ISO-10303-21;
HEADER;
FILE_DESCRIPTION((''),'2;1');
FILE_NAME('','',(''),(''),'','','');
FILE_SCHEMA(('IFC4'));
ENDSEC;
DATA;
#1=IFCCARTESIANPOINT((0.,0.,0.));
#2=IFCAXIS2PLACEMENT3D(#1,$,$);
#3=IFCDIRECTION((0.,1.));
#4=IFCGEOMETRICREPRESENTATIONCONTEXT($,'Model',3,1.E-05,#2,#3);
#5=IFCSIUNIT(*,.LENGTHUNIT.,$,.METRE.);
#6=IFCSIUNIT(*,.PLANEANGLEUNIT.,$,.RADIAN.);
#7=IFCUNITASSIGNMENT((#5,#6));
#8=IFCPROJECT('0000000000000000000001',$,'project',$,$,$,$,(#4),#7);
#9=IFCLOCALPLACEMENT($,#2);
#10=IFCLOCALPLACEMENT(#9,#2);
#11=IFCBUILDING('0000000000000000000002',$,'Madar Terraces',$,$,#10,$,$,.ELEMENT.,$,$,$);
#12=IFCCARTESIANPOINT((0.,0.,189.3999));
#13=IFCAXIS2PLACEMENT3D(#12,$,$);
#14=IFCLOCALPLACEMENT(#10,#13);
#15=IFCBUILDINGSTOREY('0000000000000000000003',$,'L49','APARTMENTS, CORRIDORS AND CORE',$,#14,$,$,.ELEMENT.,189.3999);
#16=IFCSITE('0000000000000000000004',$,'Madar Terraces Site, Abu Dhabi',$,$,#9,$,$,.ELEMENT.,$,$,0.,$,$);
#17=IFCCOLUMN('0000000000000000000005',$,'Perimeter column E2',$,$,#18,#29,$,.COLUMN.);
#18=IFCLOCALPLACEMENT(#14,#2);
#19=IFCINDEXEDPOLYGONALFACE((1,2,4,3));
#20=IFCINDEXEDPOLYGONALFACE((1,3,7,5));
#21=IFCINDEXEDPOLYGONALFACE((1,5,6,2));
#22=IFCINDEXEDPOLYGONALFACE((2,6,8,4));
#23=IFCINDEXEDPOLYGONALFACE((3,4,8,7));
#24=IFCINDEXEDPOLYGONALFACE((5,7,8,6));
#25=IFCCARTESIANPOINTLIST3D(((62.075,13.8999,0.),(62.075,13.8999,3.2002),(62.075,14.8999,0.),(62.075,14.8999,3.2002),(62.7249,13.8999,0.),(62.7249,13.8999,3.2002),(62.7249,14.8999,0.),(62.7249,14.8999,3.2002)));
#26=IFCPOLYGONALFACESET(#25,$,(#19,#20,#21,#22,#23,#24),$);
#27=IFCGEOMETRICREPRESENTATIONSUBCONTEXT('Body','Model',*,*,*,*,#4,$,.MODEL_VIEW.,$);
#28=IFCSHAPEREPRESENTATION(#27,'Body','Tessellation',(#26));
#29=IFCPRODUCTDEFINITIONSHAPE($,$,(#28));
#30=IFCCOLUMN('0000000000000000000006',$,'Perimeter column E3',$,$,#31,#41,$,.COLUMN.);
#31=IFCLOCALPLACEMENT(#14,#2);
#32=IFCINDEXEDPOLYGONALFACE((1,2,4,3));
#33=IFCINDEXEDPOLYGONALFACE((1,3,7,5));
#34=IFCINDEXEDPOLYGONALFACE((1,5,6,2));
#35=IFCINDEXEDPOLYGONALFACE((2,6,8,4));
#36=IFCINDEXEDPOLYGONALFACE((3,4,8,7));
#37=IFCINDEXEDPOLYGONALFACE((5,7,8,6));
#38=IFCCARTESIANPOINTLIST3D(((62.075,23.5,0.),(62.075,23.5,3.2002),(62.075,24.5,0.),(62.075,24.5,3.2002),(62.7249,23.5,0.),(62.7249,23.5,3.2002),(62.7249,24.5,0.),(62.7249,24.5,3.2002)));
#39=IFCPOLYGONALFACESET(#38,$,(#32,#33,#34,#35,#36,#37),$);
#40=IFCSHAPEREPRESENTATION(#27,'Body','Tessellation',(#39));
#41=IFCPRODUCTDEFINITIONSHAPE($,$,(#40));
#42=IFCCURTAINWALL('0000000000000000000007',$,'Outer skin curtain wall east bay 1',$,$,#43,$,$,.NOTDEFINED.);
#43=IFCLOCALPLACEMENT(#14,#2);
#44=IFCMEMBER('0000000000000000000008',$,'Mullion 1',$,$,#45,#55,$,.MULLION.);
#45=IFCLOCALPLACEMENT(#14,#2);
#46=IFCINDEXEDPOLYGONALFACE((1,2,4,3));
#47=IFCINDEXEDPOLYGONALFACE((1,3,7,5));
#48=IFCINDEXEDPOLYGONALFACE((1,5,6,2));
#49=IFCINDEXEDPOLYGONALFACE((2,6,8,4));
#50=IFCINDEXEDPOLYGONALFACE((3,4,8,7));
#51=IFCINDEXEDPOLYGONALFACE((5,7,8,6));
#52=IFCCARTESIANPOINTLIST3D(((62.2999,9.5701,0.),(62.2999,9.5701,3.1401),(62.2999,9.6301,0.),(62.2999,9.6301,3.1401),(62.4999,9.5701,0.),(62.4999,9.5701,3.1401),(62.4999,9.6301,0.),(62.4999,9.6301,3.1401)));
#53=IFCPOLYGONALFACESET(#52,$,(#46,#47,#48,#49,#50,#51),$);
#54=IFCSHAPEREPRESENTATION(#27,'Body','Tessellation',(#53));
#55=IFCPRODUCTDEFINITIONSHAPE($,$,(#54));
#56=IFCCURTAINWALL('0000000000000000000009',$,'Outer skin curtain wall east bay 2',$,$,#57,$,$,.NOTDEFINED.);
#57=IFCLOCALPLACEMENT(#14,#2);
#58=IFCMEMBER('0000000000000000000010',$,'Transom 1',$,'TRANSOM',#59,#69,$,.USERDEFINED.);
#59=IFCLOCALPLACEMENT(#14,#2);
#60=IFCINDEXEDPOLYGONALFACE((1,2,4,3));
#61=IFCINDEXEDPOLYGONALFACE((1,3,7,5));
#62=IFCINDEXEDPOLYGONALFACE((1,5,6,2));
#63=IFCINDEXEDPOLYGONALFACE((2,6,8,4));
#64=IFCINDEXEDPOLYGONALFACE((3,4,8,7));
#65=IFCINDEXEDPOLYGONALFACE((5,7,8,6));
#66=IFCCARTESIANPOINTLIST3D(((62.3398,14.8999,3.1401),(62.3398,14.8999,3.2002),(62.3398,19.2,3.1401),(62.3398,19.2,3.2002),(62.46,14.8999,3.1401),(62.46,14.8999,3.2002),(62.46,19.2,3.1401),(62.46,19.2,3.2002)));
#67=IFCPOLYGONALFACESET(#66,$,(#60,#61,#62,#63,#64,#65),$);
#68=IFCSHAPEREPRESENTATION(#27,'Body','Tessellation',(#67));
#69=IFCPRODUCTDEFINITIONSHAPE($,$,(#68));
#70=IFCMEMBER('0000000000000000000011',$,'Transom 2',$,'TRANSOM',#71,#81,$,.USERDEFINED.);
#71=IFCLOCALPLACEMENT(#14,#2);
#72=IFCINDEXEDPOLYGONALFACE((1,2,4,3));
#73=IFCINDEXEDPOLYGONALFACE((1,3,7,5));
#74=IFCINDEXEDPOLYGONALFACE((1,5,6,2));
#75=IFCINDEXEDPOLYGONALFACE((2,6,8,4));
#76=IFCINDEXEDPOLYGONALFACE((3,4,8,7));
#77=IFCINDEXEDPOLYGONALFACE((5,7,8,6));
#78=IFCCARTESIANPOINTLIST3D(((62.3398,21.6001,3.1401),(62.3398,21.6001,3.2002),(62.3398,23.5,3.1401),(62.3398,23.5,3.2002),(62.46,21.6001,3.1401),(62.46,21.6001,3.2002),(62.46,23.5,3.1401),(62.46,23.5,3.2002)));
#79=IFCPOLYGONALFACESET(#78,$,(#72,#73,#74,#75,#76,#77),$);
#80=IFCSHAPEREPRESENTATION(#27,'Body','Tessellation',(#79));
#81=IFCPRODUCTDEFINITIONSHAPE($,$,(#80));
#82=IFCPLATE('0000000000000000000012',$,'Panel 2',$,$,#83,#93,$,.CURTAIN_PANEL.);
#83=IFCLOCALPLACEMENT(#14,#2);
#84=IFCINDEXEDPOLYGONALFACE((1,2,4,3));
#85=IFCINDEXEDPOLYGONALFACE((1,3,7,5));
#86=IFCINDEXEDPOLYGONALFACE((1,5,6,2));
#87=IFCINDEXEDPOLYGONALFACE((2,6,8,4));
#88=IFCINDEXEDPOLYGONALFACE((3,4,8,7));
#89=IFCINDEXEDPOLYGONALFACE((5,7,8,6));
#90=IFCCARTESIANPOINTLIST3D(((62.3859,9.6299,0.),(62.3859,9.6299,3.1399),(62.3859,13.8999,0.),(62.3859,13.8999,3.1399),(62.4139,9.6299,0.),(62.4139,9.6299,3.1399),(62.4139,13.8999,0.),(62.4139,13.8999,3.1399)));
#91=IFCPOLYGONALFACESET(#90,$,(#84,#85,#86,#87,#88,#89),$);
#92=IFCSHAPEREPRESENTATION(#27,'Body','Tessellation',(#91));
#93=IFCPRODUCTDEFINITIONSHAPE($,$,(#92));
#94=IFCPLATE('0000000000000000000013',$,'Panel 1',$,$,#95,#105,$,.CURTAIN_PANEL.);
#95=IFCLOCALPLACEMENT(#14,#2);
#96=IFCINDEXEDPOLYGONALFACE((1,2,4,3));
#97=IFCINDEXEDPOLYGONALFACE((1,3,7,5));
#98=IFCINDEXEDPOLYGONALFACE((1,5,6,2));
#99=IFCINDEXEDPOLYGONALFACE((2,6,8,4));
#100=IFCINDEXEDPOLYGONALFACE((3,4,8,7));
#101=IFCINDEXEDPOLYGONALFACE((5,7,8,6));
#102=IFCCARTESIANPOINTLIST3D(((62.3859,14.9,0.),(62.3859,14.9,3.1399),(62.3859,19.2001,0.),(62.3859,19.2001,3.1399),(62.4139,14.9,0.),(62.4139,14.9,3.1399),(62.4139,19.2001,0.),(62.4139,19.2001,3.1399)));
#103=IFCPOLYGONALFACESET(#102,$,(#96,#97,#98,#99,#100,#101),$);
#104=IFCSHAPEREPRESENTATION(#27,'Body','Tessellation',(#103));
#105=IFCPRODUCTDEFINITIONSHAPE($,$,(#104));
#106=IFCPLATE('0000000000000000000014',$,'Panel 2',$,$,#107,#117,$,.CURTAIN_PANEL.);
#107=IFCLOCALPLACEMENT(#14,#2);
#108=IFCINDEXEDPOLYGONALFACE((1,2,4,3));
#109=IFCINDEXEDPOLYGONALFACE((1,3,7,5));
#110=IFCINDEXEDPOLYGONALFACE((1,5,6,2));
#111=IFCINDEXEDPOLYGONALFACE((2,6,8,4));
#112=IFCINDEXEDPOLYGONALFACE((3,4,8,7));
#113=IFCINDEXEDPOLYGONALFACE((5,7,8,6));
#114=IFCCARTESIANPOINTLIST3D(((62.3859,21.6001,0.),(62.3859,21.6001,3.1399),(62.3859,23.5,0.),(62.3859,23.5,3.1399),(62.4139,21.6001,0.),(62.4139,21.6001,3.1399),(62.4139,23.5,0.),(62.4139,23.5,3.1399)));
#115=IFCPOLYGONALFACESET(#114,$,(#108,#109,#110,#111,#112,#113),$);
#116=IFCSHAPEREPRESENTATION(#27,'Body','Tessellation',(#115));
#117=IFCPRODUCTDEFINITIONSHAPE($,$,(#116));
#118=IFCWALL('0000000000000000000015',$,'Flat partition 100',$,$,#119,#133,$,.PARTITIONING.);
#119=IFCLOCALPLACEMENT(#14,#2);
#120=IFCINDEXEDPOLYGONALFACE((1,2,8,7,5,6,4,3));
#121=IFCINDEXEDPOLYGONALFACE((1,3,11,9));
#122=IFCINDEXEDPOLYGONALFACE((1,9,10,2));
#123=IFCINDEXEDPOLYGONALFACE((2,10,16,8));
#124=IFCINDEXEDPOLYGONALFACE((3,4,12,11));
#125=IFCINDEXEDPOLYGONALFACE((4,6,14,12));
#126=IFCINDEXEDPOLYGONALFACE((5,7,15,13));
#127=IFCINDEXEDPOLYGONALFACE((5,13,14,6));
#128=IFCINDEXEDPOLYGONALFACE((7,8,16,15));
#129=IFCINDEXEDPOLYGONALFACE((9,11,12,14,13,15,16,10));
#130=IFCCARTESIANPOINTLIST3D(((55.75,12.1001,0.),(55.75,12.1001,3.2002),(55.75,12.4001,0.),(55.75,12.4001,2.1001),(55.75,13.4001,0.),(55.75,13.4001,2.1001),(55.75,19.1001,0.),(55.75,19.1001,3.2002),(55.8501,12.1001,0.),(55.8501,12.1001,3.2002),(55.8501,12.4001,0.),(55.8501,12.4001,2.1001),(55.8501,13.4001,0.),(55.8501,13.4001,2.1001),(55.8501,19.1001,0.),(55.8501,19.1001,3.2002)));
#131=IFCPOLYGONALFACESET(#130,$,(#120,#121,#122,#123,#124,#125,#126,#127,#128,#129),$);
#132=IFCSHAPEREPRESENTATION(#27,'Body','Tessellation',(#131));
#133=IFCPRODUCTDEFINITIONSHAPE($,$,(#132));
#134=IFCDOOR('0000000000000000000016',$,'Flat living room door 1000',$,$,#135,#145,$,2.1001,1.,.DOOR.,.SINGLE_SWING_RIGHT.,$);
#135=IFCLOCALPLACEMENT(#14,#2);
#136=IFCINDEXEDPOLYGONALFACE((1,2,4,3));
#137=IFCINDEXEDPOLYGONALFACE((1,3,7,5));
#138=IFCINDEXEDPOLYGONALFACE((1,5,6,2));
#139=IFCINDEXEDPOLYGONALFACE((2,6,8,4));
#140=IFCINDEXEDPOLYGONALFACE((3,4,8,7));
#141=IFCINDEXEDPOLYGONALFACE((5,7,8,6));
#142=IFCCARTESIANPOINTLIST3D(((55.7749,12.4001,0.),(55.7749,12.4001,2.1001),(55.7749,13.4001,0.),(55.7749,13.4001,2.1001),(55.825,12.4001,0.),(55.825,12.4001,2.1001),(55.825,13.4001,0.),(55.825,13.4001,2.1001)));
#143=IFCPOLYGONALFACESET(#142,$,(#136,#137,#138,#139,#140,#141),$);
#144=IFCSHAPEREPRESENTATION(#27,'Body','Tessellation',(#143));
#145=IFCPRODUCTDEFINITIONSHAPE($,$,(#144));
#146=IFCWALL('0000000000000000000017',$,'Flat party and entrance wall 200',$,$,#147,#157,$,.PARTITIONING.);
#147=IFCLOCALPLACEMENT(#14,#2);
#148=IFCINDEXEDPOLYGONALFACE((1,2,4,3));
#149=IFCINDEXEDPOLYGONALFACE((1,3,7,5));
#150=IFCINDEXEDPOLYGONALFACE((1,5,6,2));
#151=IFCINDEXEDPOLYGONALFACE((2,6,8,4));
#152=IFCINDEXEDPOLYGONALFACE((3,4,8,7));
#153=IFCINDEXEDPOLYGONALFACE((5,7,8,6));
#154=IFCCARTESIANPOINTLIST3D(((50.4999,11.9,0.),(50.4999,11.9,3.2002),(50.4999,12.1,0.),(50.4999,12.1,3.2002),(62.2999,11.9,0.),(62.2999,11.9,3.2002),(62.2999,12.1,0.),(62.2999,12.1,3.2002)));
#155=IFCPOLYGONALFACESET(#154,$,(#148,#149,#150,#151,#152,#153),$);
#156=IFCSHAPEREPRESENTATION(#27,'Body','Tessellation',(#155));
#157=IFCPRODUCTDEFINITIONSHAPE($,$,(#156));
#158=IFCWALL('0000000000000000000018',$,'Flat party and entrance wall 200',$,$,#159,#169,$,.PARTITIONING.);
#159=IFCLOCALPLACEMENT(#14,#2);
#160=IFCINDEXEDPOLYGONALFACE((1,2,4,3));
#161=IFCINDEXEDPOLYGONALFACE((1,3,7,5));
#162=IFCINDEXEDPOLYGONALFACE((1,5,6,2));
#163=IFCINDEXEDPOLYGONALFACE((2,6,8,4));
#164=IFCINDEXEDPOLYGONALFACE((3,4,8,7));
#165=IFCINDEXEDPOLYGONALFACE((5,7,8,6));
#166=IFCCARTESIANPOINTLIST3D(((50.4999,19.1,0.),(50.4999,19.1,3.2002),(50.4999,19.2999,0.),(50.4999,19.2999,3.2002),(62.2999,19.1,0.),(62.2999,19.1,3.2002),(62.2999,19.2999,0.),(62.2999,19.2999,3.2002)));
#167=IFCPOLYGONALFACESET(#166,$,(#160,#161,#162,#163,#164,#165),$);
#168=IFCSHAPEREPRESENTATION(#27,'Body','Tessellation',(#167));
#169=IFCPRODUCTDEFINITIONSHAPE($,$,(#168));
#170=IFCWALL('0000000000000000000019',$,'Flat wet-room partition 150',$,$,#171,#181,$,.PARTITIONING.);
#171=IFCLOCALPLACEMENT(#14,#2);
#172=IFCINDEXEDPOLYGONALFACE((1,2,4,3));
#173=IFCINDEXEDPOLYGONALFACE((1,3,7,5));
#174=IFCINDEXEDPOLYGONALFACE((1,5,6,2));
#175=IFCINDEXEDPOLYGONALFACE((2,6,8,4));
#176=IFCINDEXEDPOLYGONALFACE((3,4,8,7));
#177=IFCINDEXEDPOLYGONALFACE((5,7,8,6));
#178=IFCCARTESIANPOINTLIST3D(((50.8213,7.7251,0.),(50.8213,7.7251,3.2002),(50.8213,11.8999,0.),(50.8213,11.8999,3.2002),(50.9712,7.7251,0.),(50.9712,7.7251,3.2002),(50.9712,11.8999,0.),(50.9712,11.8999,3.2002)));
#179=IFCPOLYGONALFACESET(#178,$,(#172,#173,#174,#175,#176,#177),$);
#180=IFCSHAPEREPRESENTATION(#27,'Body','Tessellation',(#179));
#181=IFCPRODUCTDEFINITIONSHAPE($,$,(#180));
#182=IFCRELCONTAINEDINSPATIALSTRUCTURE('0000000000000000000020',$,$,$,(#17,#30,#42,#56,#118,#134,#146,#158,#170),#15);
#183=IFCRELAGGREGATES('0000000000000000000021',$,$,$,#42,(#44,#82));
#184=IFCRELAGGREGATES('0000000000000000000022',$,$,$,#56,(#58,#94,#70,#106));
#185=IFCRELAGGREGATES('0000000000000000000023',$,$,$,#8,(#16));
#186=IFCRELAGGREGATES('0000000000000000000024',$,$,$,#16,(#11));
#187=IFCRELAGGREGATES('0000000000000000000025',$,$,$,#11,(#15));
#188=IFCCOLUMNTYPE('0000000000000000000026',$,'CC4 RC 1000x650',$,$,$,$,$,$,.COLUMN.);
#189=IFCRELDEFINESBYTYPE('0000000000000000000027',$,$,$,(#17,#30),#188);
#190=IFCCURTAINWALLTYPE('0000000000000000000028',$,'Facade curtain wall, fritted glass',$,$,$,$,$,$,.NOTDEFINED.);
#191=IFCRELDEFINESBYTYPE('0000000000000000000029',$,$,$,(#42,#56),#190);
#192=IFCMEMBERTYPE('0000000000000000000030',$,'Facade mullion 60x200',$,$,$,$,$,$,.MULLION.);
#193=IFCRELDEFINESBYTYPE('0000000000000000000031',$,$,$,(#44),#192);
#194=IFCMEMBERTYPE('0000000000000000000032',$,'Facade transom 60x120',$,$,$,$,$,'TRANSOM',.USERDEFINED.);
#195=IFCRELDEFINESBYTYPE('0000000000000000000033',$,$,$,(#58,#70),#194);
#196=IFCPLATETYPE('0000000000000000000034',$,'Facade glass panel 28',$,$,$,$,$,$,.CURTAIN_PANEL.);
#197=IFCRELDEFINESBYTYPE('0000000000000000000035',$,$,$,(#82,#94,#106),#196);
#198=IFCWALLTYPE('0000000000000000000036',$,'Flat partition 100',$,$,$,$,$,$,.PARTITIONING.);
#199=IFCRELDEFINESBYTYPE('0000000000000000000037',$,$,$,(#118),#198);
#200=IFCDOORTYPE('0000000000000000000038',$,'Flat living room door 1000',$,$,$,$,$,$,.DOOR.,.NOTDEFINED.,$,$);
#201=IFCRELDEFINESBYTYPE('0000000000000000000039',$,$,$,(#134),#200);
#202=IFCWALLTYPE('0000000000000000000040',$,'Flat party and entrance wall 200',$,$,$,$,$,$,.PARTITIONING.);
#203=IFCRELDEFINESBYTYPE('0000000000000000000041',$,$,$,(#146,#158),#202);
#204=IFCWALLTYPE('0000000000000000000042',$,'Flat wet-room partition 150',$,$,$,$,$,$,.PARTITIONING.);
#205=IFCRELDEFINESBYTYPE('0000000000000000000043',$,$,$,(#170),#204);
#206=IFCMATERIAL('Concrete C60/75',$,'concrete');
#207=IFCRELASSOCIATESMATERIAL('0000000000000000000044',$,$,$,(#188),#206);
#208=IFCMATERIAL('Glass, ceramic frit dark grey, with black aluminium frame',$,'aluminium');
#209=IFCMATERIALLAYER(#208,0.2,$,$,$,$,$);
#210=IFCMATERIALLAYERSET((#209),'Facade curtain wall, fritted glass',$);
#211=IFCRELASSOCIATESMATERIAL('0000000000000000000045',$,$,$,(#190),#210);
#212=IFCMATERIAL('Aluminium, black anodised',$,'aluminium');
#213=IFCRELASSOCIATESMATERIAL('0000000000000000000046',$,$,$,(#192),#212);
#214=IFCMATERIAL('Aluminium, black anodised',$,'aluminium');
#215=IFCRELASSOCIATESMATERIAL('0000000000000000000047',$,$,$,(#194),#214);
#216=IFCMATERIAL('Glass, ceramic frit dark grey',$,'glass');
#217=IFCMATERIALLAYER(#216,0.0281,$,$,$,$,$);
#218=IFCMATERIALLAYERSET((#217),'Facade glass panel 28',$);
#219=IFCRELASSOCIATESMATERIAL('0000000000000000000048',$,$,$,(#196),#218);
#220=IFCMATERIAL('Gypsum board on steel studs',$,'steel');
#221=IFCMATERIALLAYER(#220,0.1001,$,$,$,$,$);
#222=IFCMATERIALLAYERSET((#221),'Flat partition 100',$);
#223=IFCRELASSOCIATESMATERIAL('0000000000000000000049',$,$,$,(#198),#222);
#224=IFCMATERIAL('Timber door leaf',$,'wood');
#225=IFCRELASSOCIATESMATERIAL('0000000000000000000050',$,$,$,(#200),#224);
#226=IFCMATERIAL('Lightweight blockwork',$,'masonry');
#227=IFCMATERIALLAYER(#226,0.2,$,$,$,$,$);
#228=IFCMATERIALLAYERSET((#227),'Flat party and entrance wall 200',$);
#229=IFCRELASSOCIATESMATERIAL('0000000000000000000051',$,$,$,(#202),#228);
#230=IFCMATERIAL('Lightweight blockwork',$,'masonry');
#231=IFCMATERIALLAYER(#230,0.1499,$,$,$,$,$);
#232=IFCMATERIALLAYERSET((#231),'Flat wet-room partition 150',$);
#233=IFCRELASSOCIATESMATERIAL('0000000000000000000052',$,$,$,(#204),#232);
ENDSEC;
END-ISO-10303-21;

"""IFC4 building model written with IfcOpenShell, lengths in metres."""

from ifc_helpers import new_model, si_unit, direction, frame, frame_2d, origin, origin_2d, place, context, subcontext, project, spatial, rectangle, extrude, material, layer, layer_set, material_profile, profile_set, type_object, element, fill, aggregate, save


model = new_model("IFC4")

# Units and contexts
model_context = context("Model", 3, precision=1e-05, world=origin(), true_north=direction((0.0, 1.0)))
body_context = subcontext(model_context, "Body", "Model", "MODEL_VIEW")
ifc_project = project(units=[si_unit("LENGTHUNIT", "METRE"), si_unit("PLANEANGLEUNIT", "RADIAN")], contexts=[model_context])

# Site, building, storey
site_placement = place(None, origin())
site = spatial("IfcSite", under=ifc_project, at=site_placement, Name="Madar Terraces Site, Abu Dhabi", CompositionType="ELEMENT", RefElevation=0.0)
building_placement = place(site_placement, origin())
building = spatial("IfcBuilding", under=site, at=building_placement, Name="Madar Terraces", CompositionType="ELEMENT")
storey_placement = place(building_placement, frame((0.0, 0.0, 189.3999)))
storey = spatial("IfcBuildingStorey", under=building, at=storey_placement, Name="L49", Description="APARTMENTS, CORRIDORS AND CORE", CompositionType="ELEMENT", Elevation=189.3999)

# Columns
ifc_material_1 = material(Name="Concrete C60/75", Category="concrete")
ifc_material_profile_1 = material_profile(ifc_material_1, rectangle(XDim=1.0, YDim=0.6499, at=origin_2d()), Name="CC4 RC 1000x650")
ifc_profile_set_1 = profile_set([ifc_material_profile_1], Name="Concrete C60/75")
column_type = type_object("IfcColumnType", Name="CC4 RC 1000x650", PredefinedType="COLUMN", material=ifc_profile_set_1)
for number, where, z_axis, x_axis, name in (
    (1, (62.3999, 14.3999, 0.0), (0.0, 0.0, 1.0), (0.0, 1.0, 0.0), "Perimeter column E2"),
    (2, (62.3999, 24.0, 0.0), (0.0, 0.0, 1.0), (0.0, 1.0, 0.0), "Perimeter column E3"),
):
    element("IfcColumn", number, at=place(storey_placement, frame(where, z_axis=z_axis, x_axis=x_axis)), inside=storey, type_object=column_type, Name=name, PredefinedType="COLUMN", context=body_context, shape_type="SweptSolid", body=[
        extrude(rectangle(XDim=1.0, YDim=0.6499, at=origin_2d()), origin(), (0.0, 0.0, 1.0), 3.2002),
    ])

# Curtain wall, member
ifc_material_2 = material(Name="Glass, ceramic frit dark grey, with black aluminium frame", Category="aluminium")
ifc_layer_1 = layer(ifc_material_2, 0.2)
ifc_layer_set_1 = layer_set([ifc_layer_1], Name="Facade curtain wall, fritted glass")
curtain_wall_type = type_object("IfcCurtainWallType", Name="Facade curtain wall, fritted glass", PredefinedType="NOTDEFINED", material=ifc_layer_set_1)
curtain_wall_1_placement = place(storey_placement, origin())
curtain_wall_1 = element("IfcCurtainWall", 3, at=curtain_wall_1_placement, inside=storey, type_object=curtain_wall_type, Name="Outer skin curtain wall east bay 1", PredefinedType="NOTDEFINED")
ifc_material_3 = material(Name="Aluminium, black anodised", Category="aluminium")
ifc_material_profile_2 = material_profile(ifc_material_3, rectangle(XDim=0.2, YDim=0.0601, at=origin_2d()), Name="Facade mullion 60x200")
ifc_profile_set_2 = profile_set([ifc_material_profile_2], Name="Aluminium, black anodised")
member_type_1 = type_object("IfcMemberType", Name="Facade mullion 60x200", PredefinedType="MULLION", material=ifc_profile_set_2)
member_1_placement = place(storey_placement, frame((62.3999, 9.6001, 0.0), z_axis=(0.0, 0.0, 1.0), x_axis=(-1.0, 0.0, 0.0)))
member_1 = element("IfcMember", 4, at=member_1_placement, type_object=member_type_1, Name="Mullion 1", PredefinedType="MULLION", context=body_context, shape_type="SweptSolid", body=[
    extrude(rectangle(XDim=0.2, YDim=0.0601, at=origin_2d()), origin(), (0.0, 0.0, 1.0), 3.1401),
])

# Curtain wall, members
curtain_wall_2_placement = place(storey_placement, origin())
curtain_wall_2 = element("IfcCurtainWall", 5, at=curtain_wall_2_placement, inside=storey, type_object=curtain_wall_type, Name="Outer skin curtain wall east bay 2", PredefinedType="NOTDEFINED")
ifc_material_4 = material(Name="Aluminium, black anodised", Category="aluminium")
ifc_material_profile_3 = material_profile(ifc_material_4, rectangle(XDim=0.1201, YDim=0.0601, at=origin_2d()), Name="Facade transom 60x120")
ifc_profile_set_3 = profile_set([ifc_material_profile_3], Name="Aluminium, black anodised")
member_type_2 = type_object("IfcMemberType", Name="Facade transom 60x120", ElementType="TRANSOM", PredefinedType="USERDEFINED", material=ifc_profile_set_3)
member_2_placement = place(storey_placement, frame((62.3999, 14.8999, 3.1702), z_axis=(0.0, 1.0, 0.0), x_axis=(-1.0, 0.0, 0.0)))
member_2 = element("IfcMember", 6, at=member_2_placement, type_object=member_type_2, Name="Transom 1", ObjectType="TRANSOM", PredefinedType="USERDEFINED", context=body_context, shape_type="SweptSolid", body=[
    extrude(rectangle(XDim=0.1201, YDim=0.0601, at=origin_2d()), origin(), (0.0, 0.0, 1.0), 4.3),
])
member_3_placement = place(storey_placement, frame((62.3999, 21.6001, 3.1702), z_axis=(0.0, 1.0, 0.0), x_axis=(-1.0, 0.0, 0.0)))
member_3 = element("IfcMember", 7, at=member_3_placement, type_object=member_type_2, Name="Transom 2", ObjectType="TRANSOM", PredefinedType="USERDEFINED", context=body_context, shape_type="SweptSolid", body=[
    extrude(rectangle(XDim=0.1201, YDim=0.0601, at=origin_2d()), origin(), (0.0, 0.0, 1.0), 1.8999),
])

# Plates
ifc_material_5 = material(Name="Glass, ceramic frit dark grey", Category="glass")
ifc_layer_2 = layer(ifc_material_5, 0.0281)
ifc_layer_set_2 = layer_set([ifc_layer_2], Name="Facade glass panel 28")
plate_type = type_object("IfcPlateType", Name="Facade glass panel 28", PredefinedType="CURTAIN_PANEL", material=ifc_layer_set_2)
plate_1_placement = place(storey_placement, frame((62.3999, 11.7649, 0.0), z_axis=(0.0, 0.0, 1.0), x_axis=(0.0, 1.0, 0.0)))
plate_1 = element("IfcPlate", 8, at=plate_1_placement, type_object=plate_type, Name="Panel 2", PredefinedType="CURTAIN_PANEL", context=body_context, shape_type="SweptSolid", body=[
    extrude(rectangle(XDim=4.27, YDim=0.0281, at=origin_2d()), origin(), (0.0, 0.0, 1.0), 3.1399),
])
aggregate(curtain_wall_1, [member_1, plate_1])
plate_2_placement = place(storey_placement, frame((62.3999, 17.05, 0.0), z_axis=(0.0, 0.0, 1.0), x_axis=(0.0, 1.0, 0.0)))
plate_2 = element("IfcPlate", 9, at=plate_2_placement, type_object=plate_type, Name="Panel 1", PredefinedType="CURTAIN_PANEL", context=body_context, shape_type="SweptSolid", body=[
    extrude(rectangle(XDim=4.3, YDim=0.0281, at=origin_2d()), origin(), (0.0, 0.0, 1.0), 3.1399),
])
plate_3_placement = place(storey_placement, frame((62.3999, 22.55, 0.0), z_axis=(0.0, 0.0, 1.0), x_axis=(0.0, 1.0, 0.0)))
plate_3 = element("IfcPlate", 10, at=plate_3_placement, type_object=plate_type, Name="Panel 2", PredefinedType="CURTAIN_PANEL", context=body_context, shape_type="SweptSolid", body=[
    extrude(rectangle(XDim=1.8999, YDim=0.0281, at=origin_2d()), origin(), (0.0, 0.0, 1.0), 3.1399),
])
aggregate(curtain_wall_2, [member_2, plate_2, member_3, plate_3])

# Wall, opening, door
ifc_material_6 = material(Name="Gypsum board on steel studs", Category="steel")
ifc_layer_3 = layer(ifc_material_6, 0.1001)
ifc_layer_set_3 = layer_set([ifc_layer_3], Name="Flat partition 100")
wall_type_1 = type_object("IfcWallType", Name="Flat partition 100", PredefinedType="PARTITIONING", material=ifc_layer_set_3)
wall_1_placement = place(storey_placement, frame((55.8, 19.1001, 0.0), z_axis=(0.0, 0.0, 1.0), x_axis=(0.0, -1.0, 0.0)))
wall_1 = element("IfcWall", 11, at=wall_1_placement, inside=storey, type_object=wall_type_1, Name="Flat partition 100", PredefinedType="PARTITIONING", context=body_context, shape_type="SweptSolid", body=[
    extrude(rectangle(XDim=7.0, YDim=0.1001, at=frame_2d((3.5, 0.0))), origin(), (0.0, 0.0, 1.0), 3.2002),
])
opening_1_placement = place(wall_1_placement, frame((5.7, 0.0, 0.0)))
opening_1 = element("IfcOpeningElement", 12, at=opening_1_placement, cuts=wall_1, PredefinedType="OPENING", context=body_context, shape_type="SweptSolid", body=[
    extrude(rectangle(XDim=1.0, YDim=2.1001, at=frame_2d((0.5, 1.05))), frame((0.0, 0.0601, 0.0), z_axis=(0.0, -1.0, 0.0), x_axis=(1.0, 0.0, 0.0)), (0.0, 0.0, 1.0), 0.1201),
])
ifc_material_7 = material(Name="Timber door leaf", Category="wood")
door_type_1 = type_object("IfcDoorType", Name="Flat living room door 1000", OperationType="NOTDEFINED", PredefinedType="DOOR", material=ifc_material_7)
door_1_placement = place(opening_1_placement, origin())
door_1 = element("IfcDoor", 13, at=door_1_placement, inside=storey, type_object=door_type_1, Name="Flat living room door 1000", OperationType="SINGLE_SWING_RIGHT", OverallHeight=2.1001, OverallWidth=1.0, PredefinedType="DOOR", context=body_context, shape_type="SweptSolid", body=[
    extrude(rectangle(XDim=1.0, YDim=2.1001, at=frame_2d((0.5, 1.05))), frame((0.0, 0.0249, 0.0), z_axis=(0.0, -1.0, 0.0), x_axis=(1.0, 0.0, 0.0)), (0.0, 0.0, 1.0), 0.05),
])
fill(opening_1, door_1)

# Walls
ifc_material_8 = material(Name="Lightweight blockwork", Category="masonry")
ifc_layer_4 = layer(ifc_material_8, 0.2)
ifc_layer_set_4 = layer_set([ifc_layer_4], Name="Flat party and entrance wall 200")
wall_type_2 = type_object("IfcWallType", Name="Flat party and entrance wall 200", PredefinedType="PARTITIONING", material=ifc_layer_set_4)
for number, where, z_axis, x_axis, name in (
    (14, (50.5, 12.0, 0.0), (0.0, 0.0, 1.0), (1.0, 0.0, 0.0), "Flat party and entrance wall 200"),
    (15, (50.5, 19.2, 0.0), (0.0, 0.0, 1.0), (1.0, 0.0, 0.0), "Flat party and entrance wall 200"),
):
    element("IfcWall", number, at=place(storey_placement, frame(where, z_axis=z_axis, x_axis=x_axis)), inside=storey, type_object=wall_type_2, Name=name, PredefinedType="PARTITIONING", context=body_context, shape_type="SweptSolid", body=[
        extrude(rectangle(XDim=11.8, YDim=0.2, at=frame_2d((5.8999, 0.0))), origin(), (0.0, 0.0, 1.0), 3.2002),
    ])
ifc_material_9 = material(Name="Lightweight blockwork", Category="masonry")
ifc_layer_5 = layer(ifc_material_9, 0.1499)
ifc_layer_set_5 = layer_set([ifc_layer_5], Name="Flat wet-room partition 150")
wall_type_3 = type_object("IfcWallType", Name="Flat wet-room partition 150", PredefinedType="PARTITIONING", material=ifc_layer_set_5)
for number, where, z_axis, x_axis, name in (
    (16, (50.8962, 11.8999, 0.0), (0.0, 0.0, 1.0), (0.0, -1.0, 0.0), "Flat wet-room partition 150"),
):
    element("IfcWall", number, at=place(storey_placement, frame(where, z_axis=z_axis, x_axis=x_axis)), inside=storey, type_object=wall_type_3, Name=name, PredefinedType="PARTITIONING", context=body_context, shape_type="SweptSolid", body=[
        extrude(rectangle(XDim=4.1748, YDim=0.1499, at=frame_2d((2.0874, 0.0))), origin(), (0.0, 0.0, 1.0), 3.2002),
    ])

save(model, "model.ifc")
